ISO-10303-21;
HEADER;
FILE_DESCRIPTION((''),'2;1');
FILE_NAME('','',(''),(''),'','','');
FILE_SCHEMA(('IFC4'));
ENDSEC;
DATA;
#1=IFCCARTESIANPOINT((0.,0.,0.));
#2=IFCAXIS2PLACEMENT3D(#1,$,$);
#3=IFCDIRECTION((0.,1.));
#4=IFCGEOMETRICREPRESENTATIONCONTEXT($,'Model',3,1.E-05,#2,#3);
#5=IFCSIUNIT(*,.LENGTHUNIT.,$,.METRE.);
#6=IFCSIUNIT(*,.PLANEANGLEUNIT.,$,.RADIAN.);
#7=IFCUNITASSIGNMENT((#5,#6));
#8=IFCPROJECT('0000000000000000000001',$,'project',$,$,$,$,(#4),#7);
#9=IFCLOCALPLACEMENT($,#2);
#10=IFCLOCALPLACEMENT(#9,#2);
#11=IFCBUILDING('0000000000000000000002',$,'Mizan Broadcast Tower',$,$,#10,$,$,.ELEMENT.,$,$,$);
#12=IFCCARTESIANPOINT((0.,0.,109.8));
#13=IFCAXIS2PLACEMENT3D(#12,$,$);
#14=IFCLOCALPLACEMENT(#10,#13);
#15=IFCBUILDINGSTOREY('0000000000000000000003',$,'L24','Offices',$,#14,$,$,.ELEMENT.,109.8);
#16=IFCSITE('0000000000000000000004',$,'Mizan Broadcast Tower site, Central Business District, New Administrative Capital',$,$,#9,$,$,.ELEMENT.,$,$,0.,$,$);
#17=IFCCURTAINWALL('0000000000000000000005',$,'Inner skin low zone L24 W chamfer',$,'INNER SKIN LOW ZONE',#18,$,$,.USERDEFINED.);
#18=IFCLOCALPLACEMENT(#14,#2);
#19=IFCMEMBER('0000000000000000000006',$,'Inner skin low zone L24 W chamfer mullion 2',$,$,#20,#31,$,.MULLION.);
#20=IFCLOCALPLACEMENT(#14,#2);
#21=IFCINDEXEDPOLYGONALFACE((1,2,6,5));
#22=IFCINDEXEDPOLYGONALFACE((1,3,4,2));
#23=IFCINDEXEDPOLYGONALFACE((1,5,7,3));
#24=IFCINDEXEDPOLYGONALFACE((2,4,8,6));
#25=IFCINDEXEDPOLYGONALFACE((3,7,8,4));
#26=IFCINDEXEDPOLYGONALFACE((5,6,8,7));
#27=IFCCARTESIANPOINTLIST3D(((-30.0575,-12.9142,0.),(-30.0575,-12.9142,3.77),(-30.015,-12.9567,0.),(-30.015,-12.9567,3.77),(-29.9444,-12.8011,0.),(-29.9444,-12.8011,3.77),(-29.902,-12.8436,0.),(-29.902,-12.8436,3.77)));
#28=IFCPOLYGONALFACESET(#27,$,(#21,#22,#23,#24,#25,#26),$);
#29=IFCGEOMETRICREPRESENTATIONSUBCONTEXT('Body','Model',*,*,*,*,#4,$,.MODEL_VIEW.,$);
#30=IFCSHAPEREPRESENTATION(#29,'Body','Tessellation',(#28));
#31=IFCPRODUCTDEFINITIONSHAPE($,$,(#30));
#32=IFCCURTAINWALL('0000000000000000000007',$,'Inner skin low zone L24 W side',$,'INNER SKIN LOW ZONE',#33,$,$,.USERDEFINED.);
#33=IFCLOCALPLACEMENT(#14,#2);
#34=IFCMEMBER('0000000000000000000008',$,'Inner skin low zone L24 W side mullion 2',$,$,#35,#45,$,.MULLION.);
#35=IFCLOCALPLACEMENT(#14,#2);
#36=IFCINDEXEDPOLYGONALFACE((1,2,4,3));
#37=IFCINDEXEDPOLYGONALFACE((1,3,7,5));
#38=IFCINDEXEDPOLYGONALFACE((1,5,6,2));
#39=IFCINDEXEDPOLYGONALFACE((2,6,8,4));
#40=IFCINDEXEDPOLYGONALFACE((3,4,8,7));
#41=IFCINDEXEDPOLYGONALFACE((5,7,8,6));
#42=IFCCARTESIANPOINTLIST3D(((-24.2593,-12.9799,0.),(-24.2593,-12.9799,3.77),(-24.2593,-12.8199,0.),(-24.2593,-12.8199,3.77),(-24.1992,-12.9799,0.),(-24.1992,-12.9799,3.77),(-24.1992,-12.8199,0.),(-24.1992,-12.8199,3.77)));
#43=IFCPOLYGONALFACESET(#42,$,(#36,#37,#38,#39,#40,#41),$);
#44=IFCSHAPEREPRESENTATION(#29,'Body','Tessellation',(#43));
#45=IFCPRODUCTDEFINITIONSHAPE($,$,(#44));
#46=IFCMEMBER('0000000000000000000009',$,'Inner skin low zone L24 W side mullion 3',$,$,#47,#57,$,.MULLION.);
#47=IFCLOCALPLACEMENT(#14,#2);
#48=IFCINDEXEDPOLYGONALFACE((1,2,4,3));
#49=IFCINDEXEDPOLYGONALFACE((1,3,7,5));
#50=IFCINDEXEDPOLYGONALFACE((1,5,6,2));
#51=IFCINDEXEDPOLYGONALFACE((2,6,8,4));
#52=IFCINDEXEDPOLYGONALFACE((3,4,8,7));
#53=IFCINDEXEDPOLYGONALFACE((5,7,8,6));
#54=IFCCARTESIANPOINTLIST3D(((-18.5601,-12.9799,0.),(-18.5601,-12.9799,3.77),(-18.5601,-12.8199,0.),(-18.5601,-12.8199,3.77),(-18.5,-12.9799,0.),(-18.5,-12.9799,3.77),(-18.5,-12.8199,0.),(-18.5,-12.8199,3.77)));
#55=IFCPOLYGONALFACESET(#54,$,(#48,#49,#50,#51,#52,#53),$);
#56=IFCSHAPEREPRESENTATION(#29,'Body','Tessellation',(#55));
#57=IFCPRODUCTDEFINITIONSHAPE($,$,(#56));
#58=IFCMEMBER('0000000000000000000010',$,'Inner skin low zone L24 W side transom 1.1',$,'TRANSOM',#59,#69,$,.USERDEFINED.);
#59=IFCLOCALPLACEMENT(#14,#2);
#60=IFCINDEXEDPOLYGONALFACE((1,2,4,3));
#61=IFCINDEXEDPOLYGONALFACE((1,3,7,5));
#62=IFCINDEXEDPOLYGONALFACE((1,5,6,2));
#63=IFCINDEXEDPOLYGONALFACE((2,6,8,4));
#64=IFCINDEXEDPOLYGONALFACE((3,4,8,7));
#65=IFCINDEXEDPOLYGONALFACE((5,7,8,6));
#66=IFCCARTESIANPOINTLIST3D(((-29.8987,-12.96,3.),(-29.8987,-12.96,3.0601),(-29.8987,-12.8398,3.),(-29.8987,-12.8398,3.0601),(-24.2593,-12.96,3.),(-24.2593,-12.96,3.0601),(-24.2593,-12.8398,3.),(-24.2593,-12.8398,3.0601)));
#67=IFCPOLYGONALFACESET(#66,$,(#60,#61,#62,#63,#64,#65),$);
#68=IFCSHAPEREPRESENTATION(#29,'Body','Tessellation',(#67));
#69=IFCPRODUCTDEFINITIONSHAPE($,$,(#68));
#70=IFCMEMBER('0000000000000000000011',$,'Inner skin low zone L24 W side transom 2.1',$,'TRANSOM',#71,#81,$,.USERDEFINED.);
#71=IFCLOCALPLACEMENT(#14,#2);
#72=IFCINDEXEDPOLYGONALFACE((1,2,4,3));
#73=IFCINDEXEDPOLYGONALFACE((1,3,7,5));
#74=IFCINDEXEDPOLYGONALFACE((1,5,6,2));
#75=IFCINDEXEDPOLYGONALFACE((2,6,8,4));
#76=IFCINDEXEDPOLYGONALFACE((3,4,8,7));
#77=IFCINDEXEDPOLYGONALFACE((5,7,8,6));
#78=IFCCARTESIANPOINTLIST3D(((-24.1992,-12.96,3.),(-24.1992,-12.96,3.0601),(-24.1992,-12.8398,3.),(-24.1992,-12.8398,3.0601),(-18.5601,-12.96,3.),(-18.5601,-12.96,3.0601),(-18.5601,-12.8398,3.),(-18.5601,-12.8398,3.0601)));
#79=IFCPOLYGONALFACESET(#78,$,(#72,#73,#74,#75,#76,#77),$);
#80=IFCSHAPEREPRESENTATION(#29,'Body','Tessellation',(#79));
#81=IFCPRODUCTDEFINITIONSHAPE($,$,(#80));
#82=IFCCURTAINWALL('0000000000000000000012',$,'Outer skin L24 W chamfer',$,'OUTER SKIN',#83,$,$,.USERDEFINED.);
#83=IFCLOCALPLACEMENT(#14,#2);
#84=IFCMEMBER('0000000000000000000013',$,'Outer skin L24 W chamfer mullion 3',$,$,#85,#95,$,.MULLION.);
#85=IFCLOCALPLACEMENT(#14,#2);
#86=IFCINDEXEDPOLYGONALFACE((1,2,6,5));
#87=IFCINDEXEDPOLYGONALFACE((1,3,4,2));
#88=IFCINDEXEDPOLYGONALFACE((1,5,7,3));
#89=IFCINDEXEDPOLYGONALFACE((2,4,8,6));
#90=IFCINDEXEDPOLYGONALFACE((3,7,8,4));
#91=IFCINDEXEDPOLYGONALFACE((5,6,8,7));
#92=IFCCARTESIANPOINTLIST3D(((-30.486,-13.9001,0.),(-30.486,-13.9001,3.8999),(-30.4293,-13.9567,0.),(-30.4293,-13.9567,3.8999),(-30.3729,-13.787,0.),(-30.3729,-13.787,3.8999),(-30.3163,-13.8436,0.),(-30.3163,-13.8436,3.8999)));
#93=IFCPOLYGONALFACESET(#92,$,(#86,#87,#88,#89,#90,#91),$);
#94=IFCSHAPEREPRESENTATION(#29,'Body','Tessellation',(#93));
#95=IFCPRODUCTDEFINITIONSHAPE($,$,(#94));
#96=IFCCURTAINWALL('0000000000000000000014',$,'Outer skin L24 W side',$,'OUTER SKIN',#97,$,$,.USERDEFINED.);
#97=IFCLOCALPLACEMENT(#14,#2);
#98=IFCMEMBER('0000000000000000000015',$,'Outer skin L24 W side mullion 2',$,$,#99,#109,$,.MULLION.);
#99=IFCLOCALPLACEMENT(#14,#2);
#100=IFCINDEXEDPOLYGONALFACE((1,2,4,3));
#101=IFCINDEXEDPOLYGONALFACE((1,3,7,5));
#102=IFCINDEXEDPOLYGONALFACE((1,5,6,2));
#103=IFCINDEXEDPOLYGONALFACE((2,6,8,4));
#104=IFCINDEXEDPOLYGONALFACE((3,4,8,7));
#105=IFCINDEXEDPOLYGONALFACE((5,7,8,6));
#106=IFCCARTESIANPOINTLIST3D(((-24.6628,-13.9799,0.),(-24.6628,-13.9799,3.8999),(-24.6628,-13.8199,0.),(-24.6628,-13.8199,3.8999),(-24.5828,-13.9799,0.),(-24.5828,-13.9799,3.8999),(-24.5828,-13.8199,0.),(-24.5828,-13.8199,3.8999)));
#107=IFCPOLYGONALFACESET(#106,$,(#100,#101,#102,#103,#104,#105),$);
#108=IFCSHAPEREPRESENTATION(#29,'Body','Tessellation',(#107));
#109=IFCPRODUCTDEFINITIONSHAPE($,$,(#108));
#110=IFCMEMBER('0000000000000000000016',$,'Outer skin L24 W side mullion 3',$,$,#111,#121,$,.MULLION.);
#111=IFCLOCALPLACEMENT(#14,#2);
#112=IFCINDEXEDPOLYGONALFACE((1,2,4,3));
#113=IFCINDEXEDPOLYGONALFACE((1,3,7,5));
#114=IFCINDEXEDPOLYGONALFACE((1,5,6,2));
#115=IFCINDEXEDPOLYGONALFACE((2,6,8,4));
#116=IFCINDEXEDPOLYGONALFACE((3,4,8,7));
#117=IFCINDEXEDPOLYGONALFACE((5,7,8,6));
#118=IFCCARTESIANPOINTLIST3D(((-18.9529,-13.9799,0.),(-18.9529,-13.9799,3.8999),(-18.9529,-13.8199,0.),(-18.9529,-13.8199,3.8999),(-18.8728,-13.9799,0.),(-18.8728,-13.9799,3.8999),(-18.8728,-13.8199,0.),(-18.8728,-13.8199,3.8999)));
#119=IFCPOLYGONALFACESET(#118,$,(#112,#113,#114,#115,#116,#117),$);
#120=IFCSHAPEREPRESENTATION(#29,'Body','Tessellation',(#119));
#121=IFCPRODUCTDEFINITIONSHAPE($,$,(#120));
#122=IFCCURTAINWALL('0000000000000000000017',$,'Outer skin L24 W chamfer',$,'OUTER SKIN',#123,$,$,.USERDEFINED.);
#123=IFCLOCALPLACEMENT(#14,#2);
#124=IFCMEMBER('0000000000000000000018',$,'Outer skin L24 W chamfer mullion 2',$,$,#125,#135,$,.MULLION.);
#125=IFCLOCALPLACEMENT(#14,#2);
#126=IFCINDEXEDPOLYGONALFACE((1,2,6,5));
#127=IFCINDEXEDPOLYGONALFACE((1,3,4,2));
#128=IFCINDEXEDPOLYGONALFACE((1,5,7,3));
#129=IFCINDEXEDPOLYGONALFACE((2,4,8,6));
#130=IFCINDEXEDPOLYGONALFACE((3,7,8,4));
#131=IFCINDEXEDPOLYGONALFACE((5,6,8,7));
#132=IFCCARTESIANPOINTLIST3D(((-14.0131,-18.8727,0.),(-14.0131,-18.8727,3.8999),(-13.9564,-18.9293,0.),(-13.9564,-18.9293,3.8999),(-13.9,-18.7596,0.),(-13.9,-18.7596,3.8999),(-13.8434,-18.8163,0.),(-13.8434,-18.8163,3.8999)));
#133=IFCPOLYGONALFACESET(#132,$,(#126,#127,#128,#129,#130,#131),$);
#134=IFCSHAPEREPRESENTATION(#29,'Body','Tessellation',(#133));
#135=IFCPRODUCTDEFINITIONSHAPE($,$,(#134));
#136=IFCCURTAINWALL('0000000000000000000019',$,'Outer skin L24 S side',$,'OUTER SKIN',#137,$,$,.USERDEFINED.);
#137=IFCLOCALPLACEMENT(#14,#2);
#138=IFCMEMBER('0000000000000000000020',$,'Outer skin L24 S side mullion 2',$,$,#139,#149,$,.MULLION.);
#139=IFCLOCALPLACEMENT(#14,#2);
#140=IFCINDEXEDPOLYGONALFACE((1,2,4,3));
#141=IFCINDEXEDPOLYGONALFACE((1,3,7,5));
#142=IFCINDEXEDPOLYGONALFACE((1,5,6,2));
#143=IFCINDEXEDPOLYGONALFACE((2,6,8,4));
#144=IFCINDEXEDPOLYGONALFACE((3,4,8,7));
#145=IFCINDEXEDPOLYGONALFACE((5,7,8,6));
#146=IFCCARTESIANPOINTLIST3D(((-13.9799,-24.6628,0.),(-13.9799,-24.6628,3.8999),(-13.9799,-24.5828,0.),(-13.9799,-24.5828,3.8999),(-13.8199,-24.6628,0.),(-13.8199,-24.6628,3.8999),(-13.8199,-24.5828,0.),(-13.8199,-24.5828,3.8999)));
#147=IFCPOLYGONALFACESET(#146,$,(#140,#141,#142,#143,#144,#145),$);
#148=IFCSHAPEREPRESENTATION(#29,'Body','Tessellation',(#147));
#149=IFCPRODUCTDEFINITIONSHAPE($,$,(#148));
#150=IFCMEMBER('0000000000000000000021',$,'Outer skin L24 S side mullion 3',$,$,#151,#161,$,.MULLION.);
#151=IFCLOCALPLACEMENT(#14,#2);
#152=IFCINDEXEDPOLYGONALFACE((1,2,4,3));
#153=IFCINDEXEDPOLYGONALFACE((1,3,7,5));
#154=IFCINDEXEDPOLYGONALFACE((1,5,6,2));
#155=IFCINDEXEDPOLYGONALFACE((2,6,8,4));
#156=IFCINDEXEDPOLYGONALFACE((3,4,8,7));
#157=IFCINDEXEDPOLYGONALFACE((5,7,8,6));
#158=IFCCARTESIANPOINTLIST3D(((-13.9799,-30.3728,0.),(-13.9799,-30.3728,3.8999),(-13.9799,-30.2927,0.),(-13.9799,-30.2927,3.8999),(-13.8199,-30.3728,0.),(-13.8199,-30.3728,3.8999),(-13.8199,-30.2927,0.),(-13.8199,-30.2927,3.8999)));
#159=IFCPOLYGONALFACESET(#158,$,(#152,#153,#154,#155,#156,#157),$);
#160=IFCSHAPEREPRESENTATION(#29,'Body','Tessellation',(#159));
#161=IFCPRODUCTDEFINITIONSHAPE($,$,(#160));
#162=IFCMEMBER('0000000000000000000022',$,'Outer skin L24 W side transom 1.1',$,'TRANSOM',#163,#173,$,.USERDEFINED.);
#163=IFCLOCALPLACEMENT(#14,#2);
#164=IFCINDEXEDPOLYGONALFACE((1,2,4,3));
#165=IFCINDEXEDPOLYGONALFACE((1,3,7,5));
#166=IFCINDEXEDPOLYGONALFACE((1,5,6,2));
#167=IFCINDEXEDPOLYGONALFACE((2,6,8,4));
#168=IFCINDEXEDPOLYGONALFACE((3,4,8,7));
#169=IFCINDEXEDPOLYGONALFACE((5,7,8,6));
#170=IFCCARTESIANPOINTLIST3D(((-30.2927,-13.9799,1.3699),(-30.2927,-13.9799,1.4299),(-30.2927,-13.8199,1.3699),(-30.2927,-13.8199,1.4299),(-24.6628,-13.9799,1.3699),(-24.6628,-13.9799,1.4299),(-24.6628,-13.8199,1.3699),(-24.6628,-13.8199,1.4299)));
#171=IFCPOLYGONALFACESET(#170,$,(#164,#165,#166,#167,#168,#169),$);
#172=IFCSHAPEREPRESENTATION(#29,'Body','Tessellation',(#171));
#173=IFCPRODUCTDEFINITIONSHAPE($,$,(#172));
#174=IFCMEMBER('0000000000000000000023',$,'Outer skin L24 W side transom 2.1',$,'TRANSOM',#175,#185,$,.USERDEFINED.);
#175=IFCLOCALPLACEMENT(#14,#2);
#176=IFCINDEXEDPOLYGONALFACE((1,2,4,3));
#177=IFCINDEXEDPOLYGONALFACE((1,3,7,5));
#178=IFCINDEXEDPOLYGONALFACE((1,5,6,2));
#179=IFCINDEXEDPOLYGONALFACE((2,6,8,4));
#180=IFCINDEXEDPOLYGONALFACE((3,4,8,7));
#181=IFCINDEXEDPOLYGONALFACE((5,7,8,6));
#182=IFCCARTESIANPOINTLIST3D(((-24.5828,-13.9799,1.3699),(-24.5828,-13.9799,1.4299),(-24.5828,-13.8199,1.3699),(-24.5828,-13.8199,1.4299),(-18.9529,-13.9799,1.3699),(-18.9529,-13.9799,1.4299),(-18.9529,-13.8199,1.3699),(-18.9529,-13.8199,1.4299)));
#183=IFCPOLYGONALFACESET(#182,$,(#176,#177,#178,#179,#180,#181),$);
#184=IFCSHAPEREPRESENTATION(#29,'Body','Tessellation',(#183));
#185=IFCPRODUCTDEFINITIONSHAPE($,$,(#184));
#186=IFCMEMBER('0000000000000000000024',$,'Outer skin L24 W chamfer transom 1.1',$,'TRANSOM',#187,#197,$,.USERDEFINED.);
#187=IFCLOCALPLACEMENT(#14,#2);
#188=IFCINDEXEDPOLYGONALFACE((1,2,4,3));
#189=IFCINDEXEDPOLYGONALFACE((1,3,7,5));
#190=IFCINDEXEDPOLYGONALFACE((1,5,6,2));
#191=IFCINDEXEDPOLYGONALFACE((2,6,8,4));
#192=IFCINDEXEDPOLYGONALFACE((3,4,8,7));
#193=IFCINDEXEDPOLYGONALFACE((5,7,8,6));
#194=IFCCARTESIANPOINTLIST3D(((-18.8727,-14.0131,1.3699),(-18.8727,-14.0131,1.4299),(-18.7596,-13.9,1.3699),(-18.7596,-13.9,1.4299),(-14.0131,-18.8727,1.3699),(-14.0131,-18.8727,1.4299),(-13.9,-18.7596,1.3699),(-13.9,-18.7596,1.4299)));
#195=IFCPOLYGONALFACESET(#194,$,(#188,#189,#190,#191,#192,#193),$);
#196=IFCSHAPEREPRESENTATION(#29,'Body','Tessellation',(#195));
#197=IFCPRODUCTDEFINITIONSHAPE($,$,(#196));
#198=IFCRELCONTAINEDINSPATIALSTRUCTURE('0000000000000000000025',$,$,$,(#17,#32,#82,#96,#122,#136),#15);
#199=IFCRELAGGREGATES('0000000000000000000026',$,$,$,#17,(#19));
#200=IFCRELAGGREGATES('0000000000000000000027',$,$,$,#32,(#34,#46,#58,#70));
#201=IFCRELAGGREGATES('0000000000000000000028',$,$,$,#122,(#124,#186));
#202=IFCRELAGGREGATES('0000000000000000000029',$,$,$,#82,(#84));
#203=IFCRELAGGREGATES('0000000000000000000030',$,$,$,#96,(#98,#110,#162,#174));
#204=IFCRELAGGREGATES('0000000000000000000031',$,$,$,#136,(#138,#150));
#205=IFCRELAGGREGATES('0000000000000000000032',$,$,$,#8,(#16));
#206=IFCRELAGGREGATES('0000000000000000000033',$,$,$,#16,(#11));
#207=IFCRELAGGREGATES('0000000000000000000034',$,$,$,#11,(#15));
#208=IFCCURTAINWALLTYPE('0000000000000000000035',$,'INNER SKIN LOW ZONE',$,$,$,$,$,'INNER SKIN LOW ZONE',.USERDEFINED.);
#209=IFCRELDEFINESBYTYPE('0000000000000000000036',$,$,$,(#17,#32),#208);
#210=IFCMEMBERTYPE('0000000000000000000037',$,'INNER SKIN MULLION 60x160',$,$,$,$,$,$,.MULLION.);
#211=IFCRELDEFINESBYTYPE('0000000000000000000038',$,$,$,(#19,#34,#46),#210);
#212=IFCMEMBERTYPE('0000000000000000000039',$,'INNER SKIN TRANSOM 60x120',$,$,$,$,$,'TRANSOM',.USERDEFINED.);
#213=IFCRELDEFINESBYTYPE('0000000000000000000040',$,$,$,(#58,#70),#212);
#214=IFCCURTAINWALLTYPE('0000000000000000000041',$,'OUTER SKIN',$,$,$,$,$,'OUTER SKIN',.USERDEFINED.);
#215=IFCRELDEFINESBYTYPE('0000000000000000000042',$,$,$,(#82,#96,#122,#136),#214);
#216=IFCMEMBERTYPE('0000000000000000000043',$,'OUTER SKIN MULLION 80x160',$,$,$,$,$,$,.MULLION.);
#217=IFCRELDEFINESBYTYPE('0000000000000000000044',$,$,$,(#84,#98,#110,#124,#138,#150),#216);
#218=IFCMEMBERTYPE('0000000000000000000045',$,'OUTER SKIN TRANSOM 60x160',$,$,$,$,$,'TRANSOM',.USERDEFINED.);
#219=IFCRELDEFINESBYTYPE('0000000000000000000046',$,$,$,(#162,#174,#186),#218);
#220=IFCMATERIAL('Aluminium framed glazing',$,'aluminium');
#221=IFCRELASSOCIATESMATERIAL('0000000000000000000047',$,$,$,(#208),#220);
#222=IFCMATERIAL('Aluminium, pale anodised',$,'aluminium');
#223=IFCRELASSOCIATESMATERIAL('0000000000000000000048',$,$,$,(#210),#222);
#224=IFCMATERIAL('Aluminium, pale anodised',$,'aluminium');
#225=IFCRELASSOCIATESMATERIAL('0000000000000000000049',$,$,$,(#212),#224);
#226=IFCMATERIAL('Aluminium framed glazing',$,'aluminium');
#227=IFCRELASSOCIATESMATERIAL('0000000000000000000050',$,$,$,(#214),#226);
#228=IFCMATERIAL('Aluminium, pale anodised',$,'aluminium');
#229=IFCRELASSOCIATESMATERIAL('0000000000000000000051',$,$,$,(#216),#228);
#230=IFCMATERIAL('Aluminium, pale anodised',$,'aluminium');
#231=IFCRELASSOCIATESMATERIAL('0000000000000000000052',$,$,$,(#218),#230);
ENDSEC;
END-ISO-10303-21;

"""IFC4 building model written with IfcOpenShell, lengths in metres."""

from ifc_helpers import new_model, si_unit, direction, frame, origin, origin_2d, place, context, subcontext, project, spatial, rectangle, extrude, material, material_profile, profile_set, type_object, element, aggregate, save


model = new_model("IFC4")

# Units and contexts
model_context = context("Model", 3, precision=1e-05, world=origin(), true_north=direction((0.0, 1.0)))
body_context = subcontext(model_context, "Body", "Model", "MODEL_VIEW")
ifc_project = project(units=[si_unit("LENGTHUNIT", "METRE"), si_unit("PLANEANGLEUNIT", "RADIAN")], contexts=[model_context])

# Site, building, storey
site_placement = place(None, origin())
site = spatial("IfcSite", under=ifc_project, at=site_placement, Name="Mizan Broadcast Tower site, Central Business District, New Administrative Capital", CompositionType="ELEMENT", RefElevation=0.0)
building_placement = place(site_placement, origin())
building = spatial("IfcBuilding", under=site, at=building_placement, Name="Mizan Broadcast Tower", CompositionType="ELEMENT")
storey_placement = place(building_placement, frame((0.0, 0.0, 109.8)))
storey = spatial("IfcBuildingStorey", under=building, at=storey_placement, Name="L24", Description="Offices", CompositionType="ELEMENT", Elevation=109.8)

# Curtain wall, member
ifc_material_1 = material(Name="Aluminium framed glazing", Category="aluminium")
curtain_wall_type_1 = type_object("IfcCurtainWallType", Name="INNER SKIN LOW ZONE", ElementType="INNER SKIN LOW ZONE", PredefinedType="USERDEFINED", material=ifc_material_1)
curtain_wall_1_placement = place(storey_placement, origin())
curtain_wall_1 = element("IfcCurtainWall", 1, at=curtain_wall_1_placement, inside=storey, type_object=curtain_wall_type_1, Name="Inner skin low zone L24 W chamfer", ObjectType="INNER SKIN LOW ZONE", PredefinedType="USERDEFINED")
ifc_material_2 = material(Name="Aluminium, pale anodised", Category="aluminium")
ifc_material_profile_1 = material_profile(ifc_material_2, rectangle(XDim=0.1599, YDim=0.0601, at=origin_2d()), Name="MULLION 160x60")
ifc_profile_set_1 = profile_set([ifc_material_profile_1], Name="Aluminium, pale anodised")
member_type_1 = type_object("IfcMemberType", Name="INNER SKIN MULLION 60x160", PredefinedType="MULLION", material=ifc_profile_set_1)
member_1_placement = place(storey_placement, frame((-29.9797, -12.8789, 0.0), z_axis=(0.0, 0.0, 1.0), x_axis=(0.707107, 0.707107, 0.0)))
member_1 = element("IfcMember", 2, at=member_1_placement, type_object=member_type_1, Name="Inner skin low zone L24 W chamfer mullion 2", PredefinedType="MULLION", context=body_context, shape_type="SweptSolid", body=[
    extrude(rectangle(XDim=0.1599, YDim=0.0601, at=origin_2d()), origin(), (0.0, 0.0, 1.0), 3.77),
])
aggregate(curtain_wall_1, [member_1])

# Curtain wall, members
curtain_wall_2_placement = place(storey_placement, origin())
curtain_wall_2 = element("IfcCurtainWall", 3, at=curtain_wall_2_placement, inside=storey, type_object=curtain_wall_type_1, Name="Inner skin low zone L24 W side", ObjectType="INNER SKIN LOW ZONE", PredefinedType="USERDEFINED")
member_2_placement = place(storey_placement, frame((-24.2292, -12.8999, 0.0), z_axis=(0.0, 0.0, 1.0), x_axis=(0.0, 1.0, 0.0)))
member_2 = element("IfcMember", 4, at=member_2_placement, type_object=member_type_1, Name="Inner skin low zone L24 W side mullion 2", PredefinedType="MULLION", context=body_context, shape_type="SweptSolid", body=[
    extrude(rectangle(XDim=0.1599, YDim=0.0601, at=origin_2d()), origin(), (0.0, 0.0, 1.0), 3.77),
])
member_3_placement = place(storey_placement, frame((-18.53, -12.8999, 0.0), z_axis=(0.0, 0.0, 1.0), x_axis=(0.0, 1.0, 0.0)))
member_3 = element("IfcMember", 5, at=member_3_placement, type_object=member_type_1, Name="Inner skin low zone L24 W side mullion 3", PredefinedType="MULLION", context=body_context, shape_type="SweptSolid", body=[
    extrude(rectangle(XDim=0.1599, YDim=0.0601, at=origin_2d()), origin(), (0.0, 0.0, 1.0), 3.77),
])
ifc_material_3 = material(Name="Aluminium, pale anodised", Category="aluminium")
ifc_material_profile_2 = material_profile(ifc_material_3, rectangle(XDim=0.1201, YDim=0.0601, at=origin_2d()), Name="TRANSOM 120x60")
ifc_profile_set_2 = profile_set([ifc_material_profile_2], Name="Aluminium, pale anodised")
member_type_2 = type_object("IfcMemberType", Name="INNER SKIN TRANSOM 60x120", ElementType="TRANSOM", PredefinedType="USERDEFINED", material=ifc_profile_set_2)
member_4_placement = place(storey_placement, frame((-29.8987, -12.8999, 3.03), z_axis=(1.0, 0.0, 0.0), x_axis=(0.0, 1.0, 0.0)))
member_4 = element("IfcMember", 6, at=member_4_placement, type_object=member_type_2, Name="Inner skin low zone L24 W side transom 1.1", ObjectType="TRANSOM", PredefinedType="USERDEFINED", context=body_context, shape_type="SweptSolid", body=[
    extrude(rectangle(XDim=0.1201, YDim=0.0601, at=origin_2d()), origin(), (0.0, 0.0, 1.0), 5.6394),
])
member_5_placement = place(storey_placement, frame((-24.1992, -12.8999, 3.03), z_axis=(1.0, 0.0, 0.0), x_axis=(0.0, 1.0, 0.0)))
member_5 = element("IfcMember", 7, at=member_5_placement, type_object=member_type_2, Name="Inner skin low zone L24 W side transom 2.1", ObjectType="TRANSOM", PredefinedType="USERDEFINED", context=body_context, shape_type="SweptSolid", body=[
    extrude(rectangle(XDim=0.1201, YDim=0.0601, at=origin_2d()), origin(), (0.0, 0.0, 1.0), 5.6392),
])

# Curtain wall, member
ifc_material_4 = material(Name="Aluminium framed glazing", Category="aluminium")
curtain_wall_type_2 = type_object("IfcCurtainWallType", Name="OUTER SKIN", ElementType="OUTER SKIN", PredefinedType="USERDEFINED", material=ifc_material_4)
curtain_wall_3_placement = place(storey_placement, origin())
curtain_wall_3 = element("IfcCurtainWall", 8, at=curtain_wall_3_placement, inside=storey, type_object=curtain_wall_type_2, Name="Outer skin L24 W chamfer", ObjectType="OUTER SKIN", PredefinedType="USERDEFINED")
ifc_material_5 = material(Name="Aluminium, pale anodised", Category="aluminium")
ifc_material_profile_3 = material_profile(ifc_material_5, rectangle(XDim=0.1599, YDim=0.0801, at=origin_2d()), Name="MULLION 160x80")
ifc_profile_set_3 = profile_set([ifc_material_profile_3], Name="Aluminium, pale anodised")
member_type_3 = type_object("IfcMemberType", Name="OUTER SKIN MULLION 80x160", PredefinedType="MULLION", material=ifc_profile_set_3)
member_6_placement = place(storey_placement, frame((-30.4011, -13.8718, 0.0), z_axis=(0.0, 0.0, 1.0), x_axis=(0.707107, 0.707107, 0.0)))
member_6 = element("IfcMember", 9, at=member_6_placement, type_object=member_type_3, Name="Outer skin L24 W chamfer mullion 3", PredefinedType="MULLION", context=body_context, shape_type="SweptSolid", body=[
    extrude(rectangle(XDim=0.1599, YDim=0.0801, at=origin_2d()), origin(), (0.0, 0.0, 1.0), 3.8999),
])

# Curtain wall, members
curtain_wall_4_placement = place(storey_placement, origin())
curtain_wall_4 = element("IfcCurtainWall", 10, at=curtain_wall_4_placement, inside=storey, type_object=curtain_wall_type_2, Name="Outer skin L24 W side", ObjectType="OUTER SKIN", PredefinedType="USERDEFINED")
member_7_placement = place(storey_placement, frame((-24.6228, -13.8999, 0.0), z_axis=(0.0, 0.0, 1.0), x_axis=(0.0, 1.0, 0.0)))
member_7 = element("IfcMember", 11, at=member_7_placement, type_object=member_type_3, Name="Outer skin L24 W side mullion 2", PredefinedType="MULLION", context=body_context, shape_type="SweptSolid", body=[
    extrude(rectangle(XDim=0.1599, YDim=0.0801, at=origin_2d()), origin(), (0.0, 0.0, 1.0), 3.8999),
])
member_8_placement = place(storey_placement, frame((-18.9128, -13.8999, 0.0), z_axis=(0.0, 0.0, 1.0), x_axis=(0.0, 1.0, 0.0)))
member_8 = element("IfcMember", 12, at=member_8_placement, type_object=member_type_3, Name="Outer skin L24 W side mullion 3", PredefinedType="MULLION", context=body_context, shape_type="SweptSolid", body=[
    extrude(rectangle(XDim=0.1599, YDim=0.0801, at=origin_2d()), origin(), (0.0, 0.0, 1.0), 3.8999),
])

# Curtain wall, member
curtain_wall_5_placement = place(storey_placement, origin())
curtain_wall_5 = element("IfcCurtainWall", 13, at=curtain_wall_5_placement, inside=storey, type_object=curtain_wall_type_2, Name="Outer skin L24 W chamfer", ObjectType="OUTER SKIN", PredefinedType="USERDEFINED")
member_9_placement = place(storey_placement, frame((-13.9282, -18.8445, 0.0), z_axis=(0.0, 0.0, 1.0), x_axis=(0.707107, 0.707107, 0.0)))
member_9 = element("IfcMember", 14, at=member_9_placement, type_object=member_type_3, Name="Outer skin L24 W chamfer mullion 2", PredefinedType="MULLION", context=body_context, shape_type="SweptSolid", body=[
    extrude(rectangle(XDim=0.1599, YDim=0.0801, at=origin_2d()), origin(), (0.0, 0.0, 1.0), 3.8999),
])

# Curtain wall, members
curtain_wall_6_placement = place(storey_placement, origin())
curtain_wall_6 = element("IfcCurtainWall", 15, at=curtain_wall_6_placement, inside=storey, type_object=curtain_wall_type_2, Name="Outer skin L24 S side", ObjectType="OUTER SKIN", PredefinedType="USERDEFINED")
member_10_placement = place(storey_placement, frame((-13.8999, -24.6228, 0.0), z_axis=(0.0, 0.0, 1.0), x_axis=(1.0, 0.0, 0.0)))
member_10 = element("IfcMember", 16, at=member_10_placement, type_object=member_type_3, Name="Outer skin L24 S side mullion 2", PredefinedType="MULLION", context=body_context, shape_type="SweptSolid", body=[
    extrude(rectangle(XDim=0.1599, YDim=0.0801, at=origin_2d()), origin(), (0.0, 0.0, 1.0), 3.8999),
])
member_11_placement = place(storey_placement, frame((-13.8999, -30.3328, 0.0), z_axis=(0.0, 0.0, 1.0), x_axis=(1.0, 0.0, 0.0)))
member_11 = element("IfcMember", 17, at=member_11_placement, type_object=member_type_3, Name="Outer skin L24 S side mullion 3", PredefinedType="MULLION", context=body_context, shape_type="SweptSolid", body=[
    extrude(rectangle(XDim=0.1599, YDim=0.0801, at=origin_2d()), origin(), (0.0, 0.0, 1.0), 3.8999),
])

# Members
ifc_material_6 = material(Name="Aluminium, pale anodised", Category="aluminium")
ifc_material_profile_4 = material_profile(ifc_material_6, rectangle(XDim=0.1599, YDim=0.0601, at=origin_2d()), Name="TRANSOM 160x60")
ifc_profile_set_4 = profile_set([ifc_material_profile_4], Name="Aluminium, pale anodised")
member_type_4 = type_object("IfcMemberType", Name="OUTER SKIN TRANSOM 60x160", ElementType="TRANSOM", PredefinedType="USERDEFINED", material=ifc_profile_set_4)
member_12_placement = place(storey_placement, frame((-30.2927, -13.8999, 1.3999), z_axis=(1.0, 0.0, 0.0), x_axis=(0.0, 1.0, 0.0)))
member_12 = element("IfcMember", 18, at=member_12_placement, type_object=member_type_4, Name="Outer skin L24 W side transom 1.1", ObjectType="TRANSOM", PredefinedType="USERDEFINED", context=body_context, shape_type="SweptSolid", body=[
    extrude(rectangle(XDim=0.1599, YDim=0.0601, at=origin_2d()), origin(), (0.0, 0.0, 1.0), 5.6299),
])
member_13_placement = place(storey_placement, frame((-24.5828, -13.8999, 1.3999), z_axis=(1.0, 0.0, 0.0), x_axis=(0.0, 1.0, 0.0)))
member_13 = element("IfcMember", 19, at=member_13_placement, type_object=member_type_4, Name="Outer skin L24 W side transom 2.1", ObjectType="TRANSOM", PredefinedType="USERDEFINED", context=body_context, shape_type="SweptSolid", body=[
    extrude(rectangle(XDim=0.1599, YDim=0.0601, at=origin_2d()), origin(), (0.0, 0.0, 1.0), 5.6299),
])
member_14_placement = place(storey_placement, frame((-18.8162, -13.9565, 1.3999), z_axis=(0.707107, -0.707107, 0.0), x_axis=(0.707107, 0.707107, 0.0)))
member_14 = element("IfcMember", 20, at=member_14_placement, type_object=member_type_4, Name="Outer skin L24 W chamfer transom 1.1", ObjectType="TRANSOM", PredefinedType="USERDEFINED", context=body_context, shape_type="SweptSolid", body=[
    extrude(rectangle(XDim=0.1599, YDim=0.0601, at=origin_2d()), origin(), (0.0, 0.0, 1.0), 6.8726),
])

aggregate(curtain_wall_2, [member_2, member_3, member_4, member_5])
aggregate(curtain_wall_5, [member_9, member_14])
aggregate(curtain_wall_3, [member_6])
aggregate(curtain_wall_4, [member_7, member_8, member_12, member_13])
aggregate(curtain_wall_6, [member_10, member_11])

save(model, "model.ifc")
